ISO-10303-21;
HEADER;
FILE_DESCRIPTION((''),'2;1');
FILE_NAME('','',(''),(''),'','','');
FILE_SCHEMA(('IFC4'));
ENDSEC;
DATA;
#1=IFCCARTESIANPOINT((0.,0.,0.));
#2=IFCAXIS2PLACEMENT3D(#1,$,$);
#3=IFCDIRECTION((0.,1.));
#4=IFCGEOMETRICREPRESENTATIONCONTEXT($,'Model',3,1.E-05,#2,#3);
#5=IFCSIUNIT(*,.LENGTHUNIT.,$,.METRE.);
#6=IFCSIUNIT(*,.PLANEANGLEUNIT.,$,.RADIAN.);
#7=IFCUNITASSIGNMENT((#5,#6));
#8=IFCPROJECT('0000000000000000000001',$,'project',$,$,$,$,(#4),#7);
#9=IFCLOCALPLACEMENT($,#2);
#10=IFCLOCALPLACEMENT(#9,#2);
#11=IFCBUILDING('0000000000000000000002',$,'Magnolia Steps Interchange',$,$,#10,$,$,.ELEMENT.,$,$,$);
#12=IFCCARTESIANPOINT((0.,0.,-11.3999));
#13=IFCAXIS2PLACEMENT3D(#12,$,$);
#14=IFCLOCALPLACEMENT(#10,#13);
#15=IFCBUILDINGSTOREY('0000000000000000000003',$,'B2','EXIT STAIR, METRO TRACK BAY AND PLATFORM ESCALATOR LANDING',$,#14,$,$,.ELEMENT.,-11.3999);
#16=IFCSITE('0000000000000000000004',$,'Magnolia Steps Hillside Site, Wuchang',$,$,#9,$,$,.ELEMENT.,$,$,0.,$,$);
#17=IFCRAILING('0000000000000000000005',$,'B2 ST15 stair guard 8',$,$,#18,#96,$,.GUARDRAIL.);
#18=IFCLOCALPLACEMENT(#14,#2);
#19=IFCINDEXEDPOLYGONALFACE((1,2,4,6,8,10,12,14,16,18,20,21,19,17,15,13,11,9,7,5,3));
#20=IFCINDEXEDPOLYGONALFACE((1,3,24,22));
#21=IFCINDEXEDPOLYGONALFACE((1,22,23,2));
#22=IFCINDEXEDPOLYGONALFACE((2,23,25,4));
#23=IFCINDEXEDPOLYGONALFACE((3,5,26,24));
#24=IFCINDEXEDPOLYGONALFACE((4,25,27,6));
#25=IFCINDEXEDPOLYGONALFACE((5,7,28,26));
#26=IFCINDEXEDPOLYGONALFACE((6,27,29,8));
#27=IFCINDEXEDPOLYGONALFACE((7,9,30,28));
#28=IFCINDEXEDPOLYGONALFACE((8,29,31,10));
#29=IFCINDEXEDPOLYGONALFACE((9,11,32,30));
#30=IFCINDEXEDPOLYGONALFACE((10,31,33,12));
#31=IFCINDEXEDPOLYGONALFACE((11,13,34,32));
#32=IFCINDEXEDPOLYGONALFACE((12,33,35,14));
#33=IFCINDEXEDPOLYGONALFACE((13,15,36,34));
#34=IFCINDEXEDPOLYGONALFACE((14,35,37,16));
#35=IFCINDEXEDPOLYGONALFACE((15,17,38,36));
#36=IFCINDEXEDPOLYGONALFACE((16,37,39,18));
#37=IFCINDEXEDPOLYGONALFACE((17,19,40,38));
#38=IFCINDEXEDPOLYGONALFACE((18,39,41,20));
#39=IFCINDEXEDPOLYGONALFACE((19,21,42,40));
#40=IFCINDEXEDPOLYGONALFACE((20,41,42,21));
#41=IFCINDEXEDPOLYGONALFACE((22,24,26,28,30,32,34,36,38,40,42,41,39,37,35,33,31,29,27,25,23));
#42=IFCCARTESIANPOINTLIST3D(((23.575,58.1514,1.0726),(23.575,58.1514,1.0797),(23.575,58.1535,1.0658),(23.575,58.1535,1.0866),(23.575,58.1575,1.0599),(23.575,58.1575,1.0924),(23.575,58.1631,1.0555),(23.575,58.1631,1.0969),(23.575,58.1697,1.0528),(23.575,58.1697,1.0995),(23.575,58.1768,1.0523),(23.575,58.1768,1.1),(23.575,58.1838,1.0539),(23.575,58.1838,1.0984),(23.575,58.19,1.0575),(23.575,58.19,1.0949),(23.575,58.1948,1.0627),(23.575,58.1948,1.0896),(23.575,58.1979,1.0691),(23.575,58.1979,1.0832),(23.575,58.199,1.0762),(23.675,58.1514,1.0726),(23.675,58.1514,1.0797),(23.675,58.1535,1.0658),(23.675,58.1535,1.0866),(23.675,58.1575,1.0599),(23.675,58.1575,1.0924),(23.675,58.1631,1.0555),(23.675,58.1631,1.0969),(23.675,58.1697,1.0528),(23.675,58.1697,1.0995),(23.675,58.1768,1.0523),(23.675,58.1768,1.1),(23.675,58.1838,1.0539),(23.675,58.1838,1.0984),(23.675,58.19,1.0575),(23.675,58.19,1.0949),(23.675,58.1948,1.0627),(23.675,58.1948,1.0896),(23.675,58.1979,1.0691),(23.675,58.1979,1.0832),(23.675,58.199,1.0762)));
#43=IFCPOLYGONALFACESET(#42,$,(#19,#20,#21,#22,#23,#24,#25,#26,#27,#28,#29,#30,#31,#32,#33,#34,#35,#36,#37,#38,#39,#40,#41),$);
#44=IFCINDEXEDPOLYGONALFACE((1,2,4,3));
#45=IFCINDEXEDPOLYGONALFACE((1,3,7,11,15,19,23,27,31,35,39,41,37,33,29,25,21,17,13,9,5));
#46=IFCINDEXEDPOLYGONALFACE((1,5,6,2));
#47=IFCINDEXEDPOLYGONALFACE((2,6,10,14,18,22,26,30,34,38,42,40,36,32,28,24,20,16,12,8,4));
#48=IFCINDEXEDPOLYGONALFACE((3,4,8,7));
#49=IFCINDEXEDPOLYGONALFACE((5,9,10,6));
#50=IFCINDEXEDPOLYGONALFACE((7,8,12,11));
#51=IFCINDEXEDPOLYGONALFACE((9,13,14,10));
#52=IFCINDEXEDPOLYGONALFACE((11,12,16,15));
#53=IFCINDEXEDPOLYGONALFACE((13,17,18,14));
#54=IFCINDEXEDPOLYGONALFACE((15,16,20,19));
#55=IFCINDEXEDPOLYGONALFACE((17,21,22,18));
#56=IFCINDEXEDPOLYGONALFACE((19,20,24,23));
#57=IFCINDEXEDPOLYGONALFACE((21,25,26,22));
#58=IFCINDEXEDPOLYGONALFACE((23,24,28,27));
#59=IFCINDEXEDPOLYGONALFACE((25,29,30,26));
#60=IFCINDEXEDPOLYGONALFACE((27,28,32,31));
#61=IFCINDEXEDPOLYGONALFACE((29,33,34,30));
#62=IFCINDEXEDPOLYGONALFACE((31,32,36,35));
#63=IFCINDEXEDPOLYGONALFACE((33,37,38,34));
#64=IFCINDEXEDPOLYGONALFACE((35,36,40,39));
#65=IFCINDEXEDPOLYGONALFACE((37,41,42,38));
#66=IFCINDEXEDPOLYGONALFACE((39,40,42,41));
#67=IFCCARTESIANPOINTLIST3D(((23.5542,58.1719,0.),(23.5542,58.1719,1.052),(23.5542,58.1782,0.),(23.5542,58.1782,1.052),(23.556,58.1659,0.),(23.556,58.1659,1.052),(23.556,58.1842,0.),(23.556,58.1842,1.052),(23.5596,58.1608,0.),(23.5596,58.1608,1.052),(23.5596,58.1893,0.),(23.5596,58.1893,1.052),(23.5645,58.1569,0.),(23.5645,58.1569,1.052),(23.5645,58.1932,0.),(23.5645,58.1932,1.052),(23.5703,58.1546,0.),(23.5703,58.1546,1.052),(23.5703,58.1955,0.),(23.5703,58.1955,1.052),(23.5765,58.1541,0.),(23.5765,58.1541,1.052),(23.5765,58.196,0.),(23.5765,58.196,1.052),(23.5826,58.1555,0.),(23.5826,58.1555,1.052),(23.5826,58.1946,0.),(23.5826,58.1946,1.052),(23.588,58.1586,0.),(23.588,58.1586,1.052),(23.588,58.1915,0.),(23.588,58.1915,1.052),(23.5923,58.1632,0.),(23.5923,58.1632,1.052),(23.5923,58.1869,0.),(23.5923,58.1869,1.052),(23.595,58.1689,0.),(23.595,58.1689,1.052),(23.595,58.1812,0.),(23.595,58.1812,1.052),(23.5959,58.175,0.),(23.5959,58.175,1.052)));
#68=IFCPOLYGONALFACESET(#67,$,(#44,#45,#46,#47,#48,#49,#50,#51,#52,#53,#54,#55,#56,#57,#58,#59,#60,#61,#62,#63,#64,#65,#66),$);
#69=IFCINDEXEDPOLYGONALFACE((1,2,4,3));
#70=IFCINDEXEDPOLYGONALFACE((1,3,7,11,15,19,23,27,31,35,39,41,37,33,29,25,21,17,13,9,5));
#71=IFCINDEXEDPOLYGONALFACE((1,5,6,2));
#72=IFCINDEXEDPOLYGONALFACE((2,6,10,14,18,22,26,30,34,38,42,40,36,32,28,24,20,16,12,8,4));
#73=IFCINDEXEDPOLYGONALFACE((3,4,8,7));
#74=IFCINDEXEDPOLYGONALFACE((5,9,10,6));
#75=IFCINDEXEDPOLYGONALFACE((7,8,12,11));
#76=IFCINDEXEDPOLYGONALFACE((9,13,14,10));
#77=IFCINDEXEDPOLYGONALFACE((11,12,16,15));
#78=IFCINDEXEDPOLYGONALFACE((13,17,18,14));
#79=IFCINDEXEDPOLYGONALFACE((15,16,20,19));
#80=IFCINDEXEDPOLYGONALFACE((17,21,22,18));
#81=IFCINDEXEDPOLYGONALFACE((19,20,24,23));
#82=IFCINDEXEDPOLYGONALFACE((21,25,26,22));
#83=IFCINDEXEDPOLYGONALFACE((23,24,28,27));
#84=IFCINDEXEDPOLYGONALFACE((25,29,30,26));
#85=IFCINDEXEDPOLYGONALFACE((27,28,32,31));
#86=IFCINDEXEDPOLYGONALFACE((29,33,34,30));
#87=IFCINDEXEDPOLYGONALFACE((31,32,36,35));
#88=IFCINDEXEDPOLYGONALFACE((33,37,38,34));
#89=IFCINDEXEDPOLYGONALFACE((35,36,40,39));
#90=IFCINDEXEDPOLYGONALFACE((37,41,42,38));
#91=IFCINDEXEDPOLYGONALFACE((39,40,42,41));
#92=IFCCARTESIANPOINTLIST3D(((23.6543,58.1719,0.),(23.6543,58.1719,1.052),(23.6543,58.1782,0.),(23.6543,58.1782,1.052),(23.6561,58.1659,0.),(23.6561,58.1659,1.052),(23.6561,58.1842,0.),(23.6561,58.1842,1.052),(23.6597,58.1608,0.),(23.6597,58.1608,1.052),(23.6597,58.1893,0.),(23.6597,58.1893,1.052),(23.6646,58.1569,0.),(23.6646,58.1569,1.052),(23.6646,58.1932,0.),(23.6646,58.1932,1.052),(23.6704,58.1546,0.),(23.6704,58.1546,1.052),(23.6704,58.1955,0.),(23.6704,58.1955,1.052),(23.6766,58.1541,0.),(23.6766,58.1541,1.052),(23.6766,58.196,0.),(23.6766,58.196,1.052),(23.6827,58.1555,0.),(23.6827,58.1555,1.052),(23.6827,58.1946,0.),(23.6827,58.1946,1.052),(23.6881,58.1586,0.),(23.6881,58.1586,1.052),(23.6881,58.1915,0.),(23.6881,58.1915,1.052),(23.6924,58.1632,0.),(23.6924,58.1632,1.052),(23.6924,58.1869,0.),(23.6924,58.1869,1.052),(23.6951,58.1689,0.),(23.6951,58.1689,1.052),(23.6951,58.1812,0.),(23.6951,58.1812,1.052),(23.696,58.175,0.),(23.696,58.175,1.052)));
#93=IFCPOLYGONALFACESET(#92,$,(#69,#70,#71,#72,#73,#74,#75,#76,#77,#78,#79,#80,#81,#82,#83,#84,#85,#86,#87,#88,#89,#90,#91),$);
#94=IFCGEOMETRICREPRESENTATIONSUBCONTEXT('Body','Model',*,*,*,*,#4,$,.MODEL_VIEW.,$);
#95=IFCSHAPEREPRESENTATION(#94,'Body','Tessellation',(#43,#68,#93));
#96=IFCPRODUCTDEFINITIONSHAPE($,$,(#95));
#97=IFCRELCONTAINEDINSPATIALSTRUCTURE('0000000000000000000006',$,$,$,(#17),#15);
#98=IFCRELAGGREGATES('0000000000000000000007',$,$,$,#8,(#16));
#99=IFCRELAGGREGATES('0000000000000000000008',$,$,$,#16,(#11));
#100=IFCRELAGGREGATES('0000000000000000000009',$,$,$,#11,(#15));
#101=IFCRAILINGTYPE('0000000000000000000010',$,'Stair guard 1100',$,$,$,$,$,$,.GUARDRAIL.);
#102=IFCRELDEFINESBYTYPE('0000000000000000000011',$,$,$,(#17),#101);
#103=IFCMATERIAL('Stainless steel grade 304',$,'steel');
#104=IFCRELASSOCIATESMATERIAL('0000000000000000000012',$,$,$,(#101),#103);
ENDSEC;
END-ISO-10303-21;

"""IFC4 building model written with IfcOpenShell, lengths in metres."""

from ifc_helpers import new_model, si_unit, direction, frame, origin, origin_2d, place, context, subcontext, project, spatial, circle, extrude, material, type_object, element, save


model = new_model("IFC4")

# Units and contexts
model_context = context("Model", 3, precision=1e-05, world=origin(), true_north=direction((0.0, 1.0)))
body_context = subcontext(model_context, "Body", "Model", "MODEL_VIEW")
ifc_project = project(units=[si_unit("LENGTHUNIT", "METRE"), si_unit("PLANEANGLEUNIT", "RADIAN")], contexts=[model_context])

# Site, building, storey
site_placement = place(None, origin())
site = spatial("IfcSite", under=ifc_project, at=site_placement, Name="Magnolia Steps Hillside Site, Wuchang", CompositionType="ELEMENT", RefElevation=0.0)
building_placement = place(site_placement, origin())
building = spatial("IfcBuilding", under=site, at=building_placement, Name="Magnolia Steps Interchange", CompositionType="ELEMENT")
storey_placement = place(building_placement, frame((0.0, 0.0, -11.3999)))
storey = spatial("IfcBuildingStorey", under=building, at=storey_placement, Name="B2", Description="EXIT STAIR, METRO TRACK BAY AND PLATFORM ESCALATOR LANDING", CompositionType="ELEMENT", Elevation=-11.3999)

# Railing
ifc_material_1 = material(Name="Stainless steel grade 304", Category="steel")
railing_type_1 = type_object("IfcRailingType", Name="Stair guard 1100", PredefinedType="GUARDRAIL", material=ifc_material_1)
railing_1_placement = place(storey_placement, frame((23.575, 58.175, 0.0)))
element("IfcRailing", 1, at=railing_1_placement, inside=storey, type_object=railing_type_1, Name="B2 ST15 stair guard 8", PredefinedType="GUARDRAIL", context=body_context, shape_type="SweptSolid", body=[
    extrude(circle(Radius=0.0239, at=origin_2d()), frame((0.0, 0.0, 1.0762), z_axis=(1.0, 0.0, 0.0), x_axis=(0.0, 1.0, 0.0)), (0.0, 0.0, 1.0), 0.1001),
    extrude(circle(Radius=0.021, at=origin_2d()), origin(), (0.0, 0.0, 1.0), 1.052),
    extrude(circle(Radius=0.021, at=origin_2d()), frame((0.1001, 0.0, 0.0)), (0.0, 0.0, 1.0), 1.052),
])

save(model, "model.ifc")
